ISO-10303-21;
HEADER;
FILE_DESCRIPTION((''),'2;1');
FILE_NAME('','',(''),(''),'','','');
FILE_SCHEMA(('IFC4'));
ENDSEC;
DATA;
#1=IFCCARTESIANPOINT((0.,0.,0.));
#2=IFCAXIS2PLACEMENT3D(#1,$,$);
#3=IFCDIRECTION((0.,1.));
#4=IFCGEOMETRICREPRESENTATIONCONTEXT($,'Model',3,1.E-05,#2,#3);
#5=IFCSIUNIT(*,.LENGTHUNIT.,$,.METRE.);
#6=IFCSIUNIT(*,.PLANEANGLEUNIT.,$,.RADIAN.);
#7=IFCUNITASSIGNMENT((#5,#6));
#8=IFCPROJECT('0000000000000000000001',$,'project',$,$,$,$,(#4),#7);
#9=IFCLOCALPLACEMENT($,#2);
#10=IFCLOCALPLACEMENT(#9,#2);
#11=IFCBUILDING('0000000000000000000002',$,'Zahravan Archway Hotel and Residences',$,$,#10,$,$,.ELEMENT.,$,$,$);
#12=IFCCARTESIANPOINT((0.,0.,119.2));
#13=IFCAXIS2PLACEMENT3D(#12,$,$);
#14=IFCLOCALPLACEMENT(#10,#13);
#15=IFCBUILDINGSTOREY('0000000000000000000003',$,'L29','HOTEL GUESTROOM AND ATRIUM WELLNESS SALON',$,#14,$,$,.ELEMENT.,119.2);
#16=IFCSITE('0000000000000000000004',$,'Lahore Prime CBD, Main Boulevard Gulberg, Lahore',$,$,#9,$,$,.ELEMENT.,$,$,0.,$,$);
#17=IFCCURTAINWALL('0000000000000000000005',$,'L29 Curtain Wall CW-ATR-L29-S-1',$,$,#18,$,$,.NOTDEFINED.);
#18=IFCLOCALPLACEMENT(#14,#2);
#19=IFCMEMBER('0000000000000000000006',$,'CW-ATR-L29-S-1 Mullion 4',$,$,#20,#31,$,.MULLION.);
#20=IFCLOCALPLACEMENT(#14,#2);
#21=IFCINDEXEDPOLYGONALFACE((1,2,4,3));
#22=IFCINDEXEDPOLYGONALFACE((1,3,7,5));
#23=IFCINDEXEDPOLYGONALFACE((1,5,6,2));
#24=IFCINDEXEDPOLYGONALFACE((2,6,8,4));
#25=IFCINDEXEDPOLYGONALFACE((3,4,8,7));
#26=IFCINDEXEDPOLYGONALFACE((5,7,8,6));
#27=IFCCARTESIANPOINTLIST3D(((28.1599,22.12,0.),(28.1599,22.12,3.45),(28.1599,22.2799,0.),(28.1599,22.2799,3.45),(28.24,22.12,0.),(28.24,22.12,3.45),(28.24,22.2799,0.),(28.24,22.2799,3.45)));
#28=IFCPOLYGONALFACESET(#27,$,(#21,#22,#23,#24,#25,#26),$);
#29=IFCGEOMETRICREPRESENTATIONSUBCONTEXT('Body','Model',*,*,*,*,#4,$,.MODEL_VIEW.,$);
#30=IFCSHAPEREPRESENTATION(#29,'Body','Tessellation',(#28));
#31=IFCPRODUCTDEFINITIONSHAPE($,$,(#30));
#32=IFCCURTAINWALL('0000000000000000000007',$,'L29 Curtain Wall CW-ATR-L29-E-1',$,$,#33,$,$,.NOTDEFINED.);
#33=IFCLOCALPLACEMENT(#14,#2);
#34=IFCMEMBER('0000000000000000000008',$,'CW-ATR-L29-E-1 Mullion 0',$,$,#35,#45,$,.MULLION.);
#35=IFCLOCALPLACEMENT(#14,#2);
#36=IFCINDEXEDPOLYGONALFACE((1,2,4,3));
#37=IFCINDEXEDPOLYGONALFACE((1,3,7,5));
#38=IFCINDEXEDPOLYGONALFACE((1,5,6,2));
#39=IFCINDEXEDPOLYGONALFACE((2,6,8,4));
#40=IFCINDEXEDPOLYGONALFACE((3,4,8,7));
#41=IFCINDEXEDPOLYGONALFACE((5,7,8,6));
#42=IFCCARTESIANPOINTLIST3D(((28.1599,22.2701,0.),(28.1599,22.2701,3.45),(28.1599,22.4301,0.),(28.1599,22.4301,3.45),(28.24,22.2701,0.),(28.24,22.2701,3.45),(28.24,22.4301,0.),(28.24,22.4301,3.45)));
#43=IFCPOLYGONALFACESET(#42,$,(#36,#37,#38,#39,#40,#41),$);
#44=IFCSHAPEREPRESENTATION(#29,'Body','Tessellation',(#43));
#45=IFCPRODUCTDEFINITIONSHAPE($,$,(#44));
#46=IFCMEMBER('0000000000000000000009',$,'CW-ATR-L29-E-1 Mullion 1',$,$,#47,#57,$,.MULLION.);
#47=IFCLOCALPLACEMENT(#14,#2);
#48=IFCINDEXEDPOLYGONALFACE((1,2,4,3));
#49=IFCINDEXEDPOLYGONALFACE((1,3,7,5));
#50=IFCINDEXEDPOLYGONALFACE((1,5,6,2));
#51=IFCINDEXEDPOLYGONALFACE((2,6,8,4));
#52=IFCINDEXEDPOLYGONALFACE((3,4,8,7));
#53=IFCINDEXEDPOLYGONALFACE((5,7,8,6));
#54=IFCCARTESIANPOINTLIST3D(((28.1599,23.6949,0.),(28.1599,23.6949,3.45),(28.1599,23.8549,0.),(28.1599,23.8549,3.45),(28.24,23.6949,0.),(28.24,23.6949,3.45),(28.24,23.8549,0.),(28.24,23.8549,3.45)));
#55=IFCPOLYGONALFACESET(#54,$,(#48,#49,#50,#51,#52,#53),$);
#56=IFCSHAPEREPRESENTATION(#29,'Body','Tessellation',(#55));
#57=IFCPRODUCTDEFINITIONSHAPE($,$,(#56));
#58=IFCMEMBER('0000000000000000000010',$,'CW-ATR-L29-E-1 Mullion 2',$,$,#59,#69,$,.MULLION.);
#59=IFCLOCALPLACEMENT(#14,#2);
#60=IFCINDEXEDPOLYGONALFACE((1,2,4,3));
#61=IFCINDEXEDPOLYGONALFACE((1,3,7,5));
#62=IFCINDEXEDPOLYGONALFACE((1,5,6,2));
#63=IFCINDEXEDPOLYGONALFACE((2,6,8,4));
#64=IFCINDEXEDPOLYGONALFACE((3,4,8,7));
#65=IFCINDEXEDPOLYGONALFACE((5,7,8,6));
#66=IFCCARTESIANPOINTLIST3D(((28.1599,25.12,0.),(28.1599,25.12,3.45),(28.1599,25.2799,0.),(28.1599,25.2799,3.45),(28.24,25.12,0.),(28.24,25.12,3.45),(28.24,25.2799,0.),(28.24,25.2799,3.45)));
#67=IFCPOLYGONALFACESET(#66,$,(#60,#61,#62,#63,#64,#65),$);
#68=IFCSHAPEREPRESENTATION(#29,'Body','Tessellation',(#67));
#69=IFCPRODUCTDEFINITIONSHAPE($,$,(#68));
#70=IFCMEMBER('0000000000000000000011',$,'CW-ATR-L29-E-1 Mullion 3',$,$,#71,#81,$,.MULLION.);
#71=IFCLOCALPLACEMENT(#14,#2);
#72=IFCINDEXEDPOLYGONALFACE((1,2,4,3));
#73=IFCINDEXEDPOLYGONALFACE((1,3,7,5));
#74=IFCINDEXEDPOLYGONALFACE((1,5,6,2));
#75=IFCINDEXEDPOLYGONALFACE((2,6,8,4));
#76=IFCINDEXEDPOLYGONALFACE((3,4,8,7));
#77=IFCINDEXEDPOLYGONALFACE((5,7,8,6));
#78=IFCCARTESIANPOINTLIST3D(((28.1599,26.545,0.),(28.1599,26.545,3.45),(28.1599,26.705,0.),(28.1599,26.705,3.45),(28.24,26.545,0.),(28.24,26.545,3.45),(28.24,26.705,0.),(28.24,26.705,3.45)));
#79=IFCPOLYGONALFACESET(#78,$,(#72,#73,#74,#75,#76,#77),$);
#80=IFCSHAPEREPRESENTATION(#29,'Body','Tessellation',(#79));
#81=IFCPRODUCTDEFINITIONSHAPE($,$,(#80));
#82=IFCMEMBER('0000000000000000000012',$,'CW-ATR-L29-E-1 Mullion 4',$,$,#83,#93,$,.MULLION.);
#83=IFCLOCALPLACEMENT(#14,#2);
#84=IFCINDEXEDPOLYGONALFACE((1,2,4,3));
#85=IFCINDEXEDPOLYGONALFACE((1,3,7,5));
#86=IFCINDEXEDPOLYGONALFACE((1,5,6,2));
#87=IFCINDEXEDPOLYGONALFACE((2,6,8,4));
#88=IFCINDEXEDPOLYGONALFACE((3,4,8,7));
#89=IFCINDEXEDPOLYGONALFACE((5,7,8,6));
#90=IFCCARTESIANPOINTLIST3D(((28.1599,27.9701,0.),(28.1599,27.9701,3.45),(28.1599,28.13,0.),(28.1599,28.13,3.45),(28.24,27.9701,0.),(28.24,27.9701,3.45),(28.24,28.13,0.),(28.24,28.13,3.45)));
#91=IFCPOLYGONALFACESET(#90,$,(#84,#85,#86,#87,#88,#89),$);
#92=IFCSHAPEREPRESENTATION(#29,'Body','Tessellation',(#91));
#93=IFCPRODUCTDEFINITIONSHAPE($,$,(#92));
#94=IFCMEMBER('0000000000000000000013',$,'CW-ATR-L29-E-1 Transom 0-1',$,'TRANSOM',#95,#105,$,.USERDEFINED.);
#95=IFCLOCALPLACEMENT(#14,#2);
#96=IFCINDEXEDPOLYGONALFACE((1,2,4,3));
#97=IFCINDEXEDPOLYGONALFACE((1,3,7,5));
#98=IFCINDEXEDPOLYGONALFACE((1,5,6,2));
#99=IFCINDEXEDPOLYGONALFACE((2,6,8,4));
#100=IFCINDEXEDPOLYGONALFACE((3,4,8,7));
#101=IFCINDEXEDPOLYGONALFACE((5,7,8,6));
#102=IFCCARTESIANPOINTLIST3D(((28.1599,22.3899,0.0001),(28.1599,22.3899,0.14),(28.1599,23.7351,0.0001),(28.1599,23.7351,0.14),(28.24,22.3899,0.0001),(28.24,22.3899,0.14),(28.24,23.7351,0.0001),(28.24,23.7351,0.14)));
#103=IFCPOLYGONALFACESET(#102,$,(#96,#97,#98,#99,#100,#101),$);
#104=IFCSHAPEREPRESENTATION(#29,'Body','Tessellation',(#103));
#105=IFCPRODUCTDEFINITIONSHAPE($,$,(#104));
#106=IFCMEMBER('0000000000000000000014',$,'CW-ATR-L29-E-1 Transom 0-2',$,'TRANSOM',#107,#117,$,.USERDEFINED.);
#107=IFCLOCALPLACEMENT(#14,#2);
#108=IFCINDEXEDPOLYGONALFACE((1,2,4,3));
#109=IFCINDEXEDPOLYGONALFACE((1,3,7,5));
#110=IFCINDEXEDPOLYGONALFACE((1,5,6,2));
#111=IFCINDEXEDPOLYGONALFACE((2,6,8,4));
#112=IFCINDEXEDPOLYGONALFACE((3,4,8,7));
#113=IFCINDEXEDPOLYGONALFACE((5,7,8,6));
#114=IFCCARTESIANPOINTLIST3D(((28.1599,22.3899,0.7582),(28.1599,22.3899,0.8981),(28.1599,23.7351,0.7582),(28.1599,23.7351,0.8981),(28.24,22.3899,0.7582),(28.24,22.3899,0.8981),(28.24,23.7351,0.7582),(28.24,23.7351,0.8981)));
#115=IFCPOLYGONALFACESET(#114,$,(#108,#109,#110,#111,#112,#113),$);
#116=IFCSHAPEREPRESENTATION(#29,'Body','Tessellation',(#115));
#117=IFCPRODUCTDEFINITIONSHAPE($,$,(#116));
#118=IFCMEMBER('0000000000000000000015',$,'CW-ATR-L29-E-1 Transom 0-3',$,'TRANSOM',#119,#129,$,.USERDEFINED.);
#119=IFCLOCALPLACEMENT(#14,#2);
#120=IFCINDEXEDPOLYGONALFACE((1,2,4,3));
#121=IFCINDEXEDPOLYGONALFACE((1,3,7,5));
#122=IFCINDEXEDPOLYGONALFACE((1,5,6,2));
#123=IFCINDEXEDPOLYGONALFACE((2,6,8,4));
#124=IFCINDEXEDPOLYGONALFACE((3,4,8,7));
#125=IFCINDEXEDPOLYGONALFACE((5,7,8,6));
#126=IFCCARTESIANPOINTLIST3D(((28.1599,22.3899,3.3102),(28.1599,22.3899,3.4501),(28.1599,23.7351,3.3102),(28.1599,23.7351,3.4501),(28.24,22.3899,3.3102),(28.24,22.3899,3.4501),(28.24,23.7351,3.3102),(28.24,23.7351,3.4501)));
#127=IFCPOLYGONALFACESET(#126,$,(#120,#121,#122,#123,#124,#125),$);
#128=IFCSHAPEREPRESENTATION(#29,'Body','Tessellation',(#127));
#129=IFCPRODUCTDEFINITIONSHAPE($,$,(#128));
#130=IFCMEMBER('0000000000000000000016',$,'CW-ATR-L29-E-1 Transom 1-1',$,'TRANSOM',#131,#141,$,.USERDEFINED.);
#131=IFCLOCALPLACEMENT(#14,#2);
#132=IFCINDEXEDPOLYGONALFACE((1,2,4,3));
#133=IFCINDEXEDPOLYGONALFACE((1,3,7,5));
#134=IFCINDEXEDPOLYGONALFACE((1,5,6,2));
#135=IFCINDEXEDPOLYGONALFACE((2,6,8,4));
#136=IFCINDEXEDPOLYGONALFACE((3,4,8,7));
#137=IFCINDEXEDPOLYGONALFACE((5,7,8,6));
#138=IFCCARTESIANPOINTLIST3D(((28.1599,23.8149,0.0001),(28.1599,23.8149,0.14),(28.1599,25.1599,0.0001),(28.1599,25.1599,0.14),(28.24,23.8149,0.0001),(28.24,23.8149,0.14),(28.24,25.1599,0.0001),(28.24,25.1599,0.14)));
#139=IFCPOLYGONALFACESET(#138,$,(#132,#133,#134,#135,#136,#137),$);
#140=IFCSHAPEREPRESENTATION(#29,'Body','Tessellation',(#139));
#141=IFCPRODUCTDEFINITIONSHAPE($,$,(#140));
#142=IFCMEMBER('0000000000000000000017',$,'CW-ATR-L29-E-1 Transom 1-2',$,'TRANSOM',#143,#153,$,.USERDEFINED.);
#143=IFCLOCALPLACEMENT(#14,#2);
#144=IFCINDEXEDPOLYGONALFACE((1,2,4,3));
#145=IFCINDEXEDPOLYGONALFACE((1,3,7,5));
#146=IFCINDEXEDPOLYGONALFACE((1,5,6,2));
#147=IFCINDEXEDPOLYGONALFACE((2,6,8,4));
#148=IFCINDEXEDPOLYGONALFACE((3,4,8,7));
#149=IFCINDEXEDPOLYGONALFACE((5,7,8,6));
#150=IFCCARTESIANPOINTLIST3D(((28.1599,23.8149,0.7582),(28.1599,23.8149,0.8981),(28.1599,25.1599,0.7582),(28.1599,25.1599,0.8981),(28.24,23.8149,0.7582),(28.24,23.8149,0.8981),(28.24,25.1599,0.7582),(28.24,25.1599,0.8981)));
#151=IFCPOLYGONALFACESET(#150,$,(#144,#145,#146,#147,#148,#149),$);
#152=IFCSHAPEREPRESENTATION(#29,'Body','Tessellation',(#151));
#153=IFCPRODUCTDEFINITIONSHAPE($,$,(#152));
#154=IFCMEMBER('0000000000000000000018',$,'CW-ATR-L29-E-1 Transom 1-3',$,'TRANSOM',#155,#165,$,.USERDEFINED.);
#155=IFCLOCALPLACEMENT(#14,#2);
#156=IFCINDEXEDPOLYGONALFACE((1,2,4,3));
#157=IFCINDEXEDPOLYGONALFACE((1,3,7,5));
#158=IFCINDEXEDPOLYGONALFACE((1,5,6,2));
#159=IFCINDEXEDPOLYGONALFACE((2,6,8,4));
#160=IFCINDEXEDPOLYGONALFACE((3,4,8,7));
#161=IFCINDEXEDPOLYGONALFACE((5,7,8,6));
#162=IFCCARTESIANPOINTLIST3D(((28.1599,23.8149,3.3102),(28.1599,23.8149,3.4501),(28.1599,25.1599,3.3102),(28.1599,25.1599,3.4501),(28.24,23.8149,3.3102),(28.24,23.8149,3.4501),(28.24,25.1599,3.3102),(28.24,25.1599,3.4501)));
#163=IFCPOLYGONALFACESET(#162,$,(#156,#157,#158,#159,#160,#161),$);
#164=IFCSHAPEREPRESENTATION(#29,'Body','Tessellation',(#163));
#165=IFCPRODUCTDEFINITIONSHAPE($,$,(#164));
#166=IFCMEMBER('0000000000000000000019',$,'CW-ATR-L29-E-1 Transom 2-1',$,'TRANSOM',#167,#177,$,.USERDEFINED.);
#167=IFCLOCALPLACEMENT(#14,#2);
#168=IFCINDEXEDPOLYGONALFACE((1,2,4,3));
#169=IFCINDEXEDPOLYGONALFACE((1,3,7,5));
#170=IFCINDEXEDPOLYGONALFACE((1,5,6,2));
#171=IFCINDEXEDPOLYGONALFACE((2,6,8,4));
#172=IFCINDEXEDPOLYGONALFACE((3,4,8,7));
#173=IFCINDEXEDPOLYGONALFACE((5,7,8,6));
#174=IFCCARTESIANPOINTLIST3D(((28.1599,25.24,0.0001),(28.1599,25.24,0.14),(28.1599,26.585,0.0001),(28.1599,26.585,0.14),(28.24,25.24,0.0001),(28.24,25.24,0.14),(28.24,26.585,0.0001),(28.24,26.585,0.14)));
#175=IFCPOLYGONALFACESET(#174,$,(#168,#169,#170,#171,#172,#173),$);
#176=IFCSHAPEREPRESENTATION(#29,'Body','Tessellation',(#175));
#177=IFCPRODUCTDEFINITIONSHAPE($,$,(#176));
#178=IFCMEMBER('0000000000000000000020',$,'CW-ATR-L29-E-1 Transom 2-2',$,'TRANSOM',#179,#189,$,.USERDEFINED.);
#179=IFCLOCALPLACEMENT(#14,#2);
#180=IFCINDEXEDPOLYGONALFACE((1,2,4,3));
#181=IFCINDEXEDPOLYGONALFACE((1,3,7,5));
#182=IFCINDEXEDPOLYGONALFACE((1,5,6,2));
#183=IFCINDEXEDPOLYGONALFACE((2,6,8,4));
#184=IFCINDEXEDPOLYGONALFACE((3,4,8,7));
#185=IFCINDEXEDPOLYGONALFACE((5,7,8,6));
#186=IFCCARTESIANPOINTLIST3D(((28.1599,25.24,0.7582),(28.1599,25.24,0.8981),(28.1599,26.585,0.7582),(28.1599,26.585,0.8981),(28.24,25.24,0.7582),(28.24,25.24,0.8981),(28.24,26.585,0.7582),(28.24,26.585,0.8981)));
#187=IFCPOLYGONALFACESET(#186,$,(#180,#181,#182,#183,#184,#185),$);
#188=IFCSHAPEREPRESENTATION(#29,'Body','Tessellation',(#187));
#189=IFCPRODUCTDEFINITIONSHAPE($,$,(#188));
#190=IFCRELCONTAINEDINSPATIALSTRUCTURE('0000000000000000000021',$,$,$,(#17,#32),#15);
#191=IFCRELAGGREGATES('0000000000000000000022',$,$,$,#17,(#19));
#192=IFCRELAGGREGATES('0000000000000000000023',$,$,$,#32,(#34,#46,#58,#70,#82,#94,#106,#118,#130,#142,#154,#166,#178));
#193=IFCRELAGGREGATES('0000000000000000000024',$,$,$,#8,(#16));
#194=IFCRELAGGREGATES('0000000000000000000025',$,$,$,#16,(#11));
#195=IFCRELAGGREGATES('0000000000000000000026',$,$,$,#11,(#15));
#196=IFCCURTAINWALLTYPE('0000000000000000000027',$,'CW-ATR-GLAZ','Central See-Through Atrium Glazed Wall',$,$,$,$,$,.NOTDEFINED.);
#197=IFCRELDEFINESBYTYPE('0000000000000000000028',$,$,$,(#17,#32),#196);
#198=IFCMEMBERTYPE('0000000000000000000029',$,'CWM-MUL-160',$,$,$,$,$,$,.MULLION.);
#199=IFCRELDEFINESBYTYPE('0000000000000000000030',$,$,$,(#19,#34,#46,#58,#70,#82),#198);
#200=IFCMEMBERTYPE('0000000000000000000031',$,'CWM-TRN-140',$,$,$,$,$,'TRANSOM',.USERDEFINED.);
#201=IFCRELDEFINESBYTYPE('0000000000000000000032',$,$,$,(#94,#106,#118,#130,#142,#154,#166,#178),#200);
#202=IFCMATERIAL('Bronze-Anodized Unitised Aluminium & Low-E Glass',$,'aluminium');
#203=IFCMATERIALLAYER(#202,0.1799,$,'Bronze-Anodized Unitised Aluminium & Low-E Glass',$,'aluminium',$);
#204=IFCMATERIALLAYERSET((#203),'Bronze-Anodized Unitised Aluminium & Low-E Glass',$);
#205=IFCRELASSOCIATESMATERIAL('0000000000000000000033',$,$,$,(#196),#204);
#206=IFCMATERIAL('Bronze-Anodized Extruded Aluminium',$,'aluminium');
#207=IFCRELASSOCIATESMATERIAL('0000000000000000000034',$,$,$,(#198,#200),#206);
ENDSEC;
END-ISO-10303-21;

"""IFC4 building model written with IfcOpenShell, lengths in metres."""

from ifc_helpers import new_model, si_unit, direction, frame, origin, origin_2d, place, context, subcontext, project, spatial, rectangle, extrude, source, transform, mapped, material, layer, layer_set, material_profile, profile_set, type_object, element, aggregate, save


model = new_model("IFC4")

# Units and contexts
model_context = context("Model", 3, precision=1e-05, world=origin(), true_north=direction((0.0, 1.0)))
body_context = subcontext(model_context, "Body", "Model", "MODEL_VIEW")
ifc_project = project(units=[si_unit("LENGTHUNIT", "METRE"), si_unit("PLANEANGLEUNIT", "RADIAN")], contexts=[model_context])

# Site, building, storey
site_placement = place(None, origin())
site = spatial("IfcSite", under=ifc_project, at=site_placement, Name="Lahore Prime CBD, Main Boulevard Gulberg, Lahore", CompositionType="ELEMENT", RefElevation=0.0)
building_placement = place(site_placement, origin())
building = spatial("IfcBuilding", under=site, at=building_placement, Name="Zahravan Archway Hotel and Residences", CompositionType="ELEMENT")
storey_placement = place(building_placement, frame((0.0, 0.0, 119.2)))
storey = spatial("IfcBuildingStorey", under=building, at=storey_placement, Name="L29", Description="HOTEL GUESTROOM AND ATRIUM WELLNESS SALON", CompositionType="ELEMENT", Elevation=119.2)

# Curtain wall, member
ifc_material_1 = material(Name="Bronze-Anodized Unitised Aluminium & Low-E Glass", Category="aluminium")
ifc_layer_1 = layer(ifc_material_1, 0.1799, Name="Bronze-Anodized Unitised Aluminium & Low-E Glass", Category="aluminium")
ifc_layer_set_1 = layer_set([ifc_layer_1], Name="Bronze-Anodized Unitised Aluminium & Low-E Glass")
curtain_wall_type = type_object("IfcCurtainWallType", Name="CW-ATR-GLAZ", Description="Central See-Through Atrium Glazed Wall", PredefinedType="NOTDEFINED", material=ifc_layer_set_1)
curtain_wall_1_placement = place(storey_placement, origin())
curtain_wall_1 = element("IfcCurtainWall", 1, at=curtain_wall_1_placement, inside=storey, type_object=curtain_wall_type, Name="L29 Curtain Wall CW-ATR-L29-S-1", PredefinedType="NOTDEFINED")
ifc_material_2 = material(Name="Bronze-Anodized Extruded Aluminium", Category="aluminium")
ifc_material_profile_1 = material_profile(ifc_material_2, rectangle(XDim=0.0801, YDim=0.1599, at=origin_2d()), Name="MUL 80x160", Category="aluminium")
ifc_profile_set_1 = profile_set([ifc_material_profile_1], Name="Bronze-Anodized Extruded Aluminium")
member_type_1 = type_object("IfcMemberType", Name="CWM-MUL-160", PredefinedType="MULLION", material=ifc_profile_set_1)
shared_shape_1 = source(origin(), body_context, "Body", "SweptSolid", [
    extrude(rectangle(XDim=0.0801, YDim=0.1599, at=origin_2d()), origin(), (0.0, 0.0, 1.0), 3.45),
])
member_1_placement = place(storey_placement, frame((28.2, 22.2, 0.0), z_axis=(0.0, 0.0, 1.0), x_axis=(1.0, 0.0, 0.0)))
member_1 = element("IfcMember", 2, at=member_1_placement, type_object=member_type_1, Name="CW-ATR-L29-S-1 Mullion 4", PredefinedType="MULLION", context=body_context, shape_type="MappedRepresentation", body=[
    mapped(shared_shape_1, transform((0.0, 0.0, 0.0), scale=1.0)),
])

# Curtain wall, members
curtain_wall_2_placement = place(storey_placement, origin())
curtain_wall_2 = element("IfcCurtainWall", 3, at=curtain_wall_2_placement, inside=storey, type_object=curtain_wall_type, Name="L29 Curtain Wall CW-ATR-L29-E-1", PredefinedType="NOTDEFINED")
member_2_placement = place(storey_placement, frame((28.2, 22.3501, 0.0), z_axis=(0.0, 0.0, 1.0), x_axis=(1.0, 0.0, 0.0)))
member_2 = element("IfcMember", 4, at=member_2_placement, type_object=member_type_1, Name="CW-ATR-L29-E-1 Mullion 0", PredefinedType="MULLION", context=body_context, shape_type="MappedRepresentation", body=[
    mapped(shared_shape_1, transform((0.0, 0.0, 0.0), scale=1.0)),
])
member_3_placement = place(storey_placement, frame((28.2, 23.7749, 0.0), z_axis=(0.0, 0.0, 1.0), x_axis=(1.0, 0.0, 0.0)))
member_3 = element("IfcMember", 5, at=member_3_placement, type_object=member_type_1, Name="CW-ATR-L29-E-1 Mullion 1", PredefinedType="MULLION", context=body_context, shape_type="MappedRepresentation", body=[
    mapped(shared_shape_1, transform((0.0, 0.0, 0.0), scale=1.0)),
])
member_4_placement = place(storey_placement, frame((28.2, 25.2, 0.0), z_axis=(0.0, 0.0, 1.0), x_axis=(1.0, 0.0, 0.0)))
member_4 = element("IfcMember", 6, at=member_4_placement, type_object=member_type_1, Name="CW-ATR-L29-E-1 Mullion 2", PredefinedType="MULLION", context=body_context, shape_type="MappedRepresentation", body=[
    mapped(shared_shape_1, transform((0.0, 0.0, 0.0), scale=1.0)),
])
member_5_placement = place(storey_placement, frame((28.2, 26.625, 0.0), z_axis=(0.0, 0.0, 1.0), x_axis=(1.0, 0.0, 0.0)))
member_5 = element("IfcMember", 7, at=member_5_placement, type_object=member_type_1, Name="CW-ATR-L29-E-1 Mullion 3", PredefinedType="MULLION", context=body_context, shape_type="MappedRepresentation", body=[
    mapped(shared_shape_1, transform((0.0, 0.0, 0.0), scale=1.0)),
])
member_6_placement = place(storey_placement, frame((28.2, 28.05, 0.0), z_axis=(0.0, 0.0, 1.0), x_axis=(1.0, 0.0, 0.0)))
member_6 = element("IfcMember", 8, at=member_6_placement, type_object=member_type_1, Name="CW-ATR-L29-E-1 Mullion 4", PredefinedType="MULLION", context=body_context, shape_type="MappedRepresentation", body=[
    mapped(shared_shape_1, transform((0.0, 0.0, 0.0), scale=1.0)),
])
ifc_material_profile_2 = material_profile(ifc_material_2, rectangle(XDim=0.0801, YDim=0.1399, at=origin_2d()), Name="TRN 80x140", Category="aluminium")
ifc_profile_set_2 = profile_set([ifc_material_profile_2], Name="Bronze-Anodized Extruded Aluminium")
member_type_2 = type_object("IfcMemberType", Name="CWM-TRN-140", ElementType="TRANSOM", PredefinedType="USERDEFINED", material=ifc_profile_set_2)
shared_shape_2 = source(origin(), body_context, "Body", "SweptSolid", [
    extrude(rectangle(XDim=0.0801, YDim=0.1399, at=origin_2d()), origin(), (0.0, 0.0, 1.0), 1.3452),
])
member_7_placement = place(storey_placement, frame((28.2, 22.3899, 0.0701), z_axis=(0.0, 1.0, 0.0), x_axis=(-1.0, 0.0, 0.0)))
member_7 = element("IfcMember", 9, at=member_7_placement, type_object=member_type_2, Name="CW-ATR-L29-E-1 Transom 0-1", ObjectType="TRANSOM", PredefinedType="USERDEFINED", context=body_context, shape_type="MappedRepresentation", body=[
    mapped(shared_shape_2, transform((0.0, 0.0, 0.0), scale=1.0)),
])
member_8_placement = place(storey_placement, frame((28.2, 22.3899, 0.8281), z_axis=(0.0, 1.0, 0.0), x_axis=(-1.0, 0.0, 0.0)))
member_8 = element("IfcMember", 10, at=member_8_placement, type_object=member_type_2, Name="CW-ATR-L29-E-1 Transom 0-2", ObjectType="TRANSOM", PredefinedType="USERDEFINED", context=body_context, shape_type="MappedRepresentation", body=[
    mapped(shared_shape_2, transform((0.0, 0.0, 0.0), scale=1.0)),
])
member_9_placement = place(storey_placement, frame((28.2, 22.3899, 3.3801), z_axis=(0.0, 1.0, 0.0), x_axis=(-1.0, 0.0, 0.0)))
member_9 = element("IfcMember", 11, at=member_9_placement, type_object=member_type_2, Name="CW-ATR-L29-E-1 Transom 0-3", ObjectType="TRANSOM", PredefinedType="USERDEFINED", context=body_context, shape_type="MappedRepresentation", body=[
    mapped(shared_shape_2, transform((0.0, 0.0, 0.0), scale=1.0)),
])
shared_shape_3 = source(origin(), body_context, "Body", "SweptSolid", [
    extrude(rectangle(XDim=0.0801, YDim=0.1399, at=origin_2d()), origin(), (0.0, 0.0, 1.0), 1.345),
])
member_10_placement = place(storey_placement, frame((28.2, 23.8149, 0.0701), z_axis=(0.0, 1.0, 0.0), x_axis=(-1.0, 0.0, 0.0)))
member_10 = element("IfcMember", 12, at=member_10_placement, type_object=member_type_2, Name="CW-ATR-L29-E-1 Transom 1-1", ObjectType="TRANSOM", PredefinedType="USERDEFINED", context=body_context, shape_type="MappedRepresentation", body=[
    mapped(shared_shape_3, transform((0.0, 0.0, 0.0), scale=1.0)),
])
member_11_placement = place(storey_placement, frame((28.2, 23.8149, 0.8281), z_axis=(0.0, 1.0, 0.0), x_axis=(-1.0, 0.0, 0.0)))
member_11 = element("IfcMember", 13, at=member_11_placement, type_object=member_type_2, Name="CW-ATR-L29-E-1 Transom 1-2", ObjectType="TRANSOM", PredefinedType="USERDEFINED", context=body_context, shape_type="MappedRepresentation", body=[
    mapped(shared_shape_3, transform((0.0, 0.0, 0.0), scale=1.0)),
])
member_12_placement = place(storey_placement, frame((28.2, 23.8149, 3.3801), z_axis=(0.0, 1.0, 0.0), x_axis=(-1.0, 0.0, 0.0)))
member_12 = element("IfcMember", 14, at=member_12_placement, type_object=member_type_2, Name="CW-ATR-L29-E-1 Transom 1-3", ObjectType="TRANSOM", PredefinedType="USERDEFINED", context=body_context, shape_type="MappedRepresentation", body=[
    mapped(shared_shape_3, transform((0.0, 0.0, 0.0), scale=1.0)),
])
member_13_placement = place(storey_placement, frame((28.2, 25.24, 0.0701), z_axis=(0.0, 1.0, 0.0), x_axis=(-1.0, 0.0, 0.0)))
member_13 = element("IfcMember", 15, at=member_13_placement, type_object=member_type_2, Name="CW-ATR-L29-E-1 Transom 2-1", ObjectType="TRANSOM", PredefinedType="USERDEFINED", context=body_context, shape_type="MappedRepresentation", body=[
    mapped(shared_shape_3, transform((0.0, 0.0, 0.0), scale=1.0)),
])
member_14_placement = place(storey_placement, frame((28.2, 25.24, 0.8281), z_axis=(0.0, 1.0, 0.0), x_axis=(-1.0, 0.0, 0.0)))
member_14 = element("IfcMember", 16, at=member_14_placement, type_object=member_type_2, Name="CW-ATR-L29-E-1 Transom 2-2", ObjectType="TRANSOM", PredefinedType="USERDEFINED", context=body_context, shape_type="MappedRepresentation", body=[
    mapped(shared_shape_3, transform((0.0, 0.0, 0.0), scale=1.0)),
])

aggregate(curtain_wall_1, [member_1])
aggregate(curtain_wall_2, [member_2, member_3, member_4, member_5, member_6, member_7, member_8, member_9, member_10, member_11, member_12, member_13, member_14])

save(model, "model.ifc")
